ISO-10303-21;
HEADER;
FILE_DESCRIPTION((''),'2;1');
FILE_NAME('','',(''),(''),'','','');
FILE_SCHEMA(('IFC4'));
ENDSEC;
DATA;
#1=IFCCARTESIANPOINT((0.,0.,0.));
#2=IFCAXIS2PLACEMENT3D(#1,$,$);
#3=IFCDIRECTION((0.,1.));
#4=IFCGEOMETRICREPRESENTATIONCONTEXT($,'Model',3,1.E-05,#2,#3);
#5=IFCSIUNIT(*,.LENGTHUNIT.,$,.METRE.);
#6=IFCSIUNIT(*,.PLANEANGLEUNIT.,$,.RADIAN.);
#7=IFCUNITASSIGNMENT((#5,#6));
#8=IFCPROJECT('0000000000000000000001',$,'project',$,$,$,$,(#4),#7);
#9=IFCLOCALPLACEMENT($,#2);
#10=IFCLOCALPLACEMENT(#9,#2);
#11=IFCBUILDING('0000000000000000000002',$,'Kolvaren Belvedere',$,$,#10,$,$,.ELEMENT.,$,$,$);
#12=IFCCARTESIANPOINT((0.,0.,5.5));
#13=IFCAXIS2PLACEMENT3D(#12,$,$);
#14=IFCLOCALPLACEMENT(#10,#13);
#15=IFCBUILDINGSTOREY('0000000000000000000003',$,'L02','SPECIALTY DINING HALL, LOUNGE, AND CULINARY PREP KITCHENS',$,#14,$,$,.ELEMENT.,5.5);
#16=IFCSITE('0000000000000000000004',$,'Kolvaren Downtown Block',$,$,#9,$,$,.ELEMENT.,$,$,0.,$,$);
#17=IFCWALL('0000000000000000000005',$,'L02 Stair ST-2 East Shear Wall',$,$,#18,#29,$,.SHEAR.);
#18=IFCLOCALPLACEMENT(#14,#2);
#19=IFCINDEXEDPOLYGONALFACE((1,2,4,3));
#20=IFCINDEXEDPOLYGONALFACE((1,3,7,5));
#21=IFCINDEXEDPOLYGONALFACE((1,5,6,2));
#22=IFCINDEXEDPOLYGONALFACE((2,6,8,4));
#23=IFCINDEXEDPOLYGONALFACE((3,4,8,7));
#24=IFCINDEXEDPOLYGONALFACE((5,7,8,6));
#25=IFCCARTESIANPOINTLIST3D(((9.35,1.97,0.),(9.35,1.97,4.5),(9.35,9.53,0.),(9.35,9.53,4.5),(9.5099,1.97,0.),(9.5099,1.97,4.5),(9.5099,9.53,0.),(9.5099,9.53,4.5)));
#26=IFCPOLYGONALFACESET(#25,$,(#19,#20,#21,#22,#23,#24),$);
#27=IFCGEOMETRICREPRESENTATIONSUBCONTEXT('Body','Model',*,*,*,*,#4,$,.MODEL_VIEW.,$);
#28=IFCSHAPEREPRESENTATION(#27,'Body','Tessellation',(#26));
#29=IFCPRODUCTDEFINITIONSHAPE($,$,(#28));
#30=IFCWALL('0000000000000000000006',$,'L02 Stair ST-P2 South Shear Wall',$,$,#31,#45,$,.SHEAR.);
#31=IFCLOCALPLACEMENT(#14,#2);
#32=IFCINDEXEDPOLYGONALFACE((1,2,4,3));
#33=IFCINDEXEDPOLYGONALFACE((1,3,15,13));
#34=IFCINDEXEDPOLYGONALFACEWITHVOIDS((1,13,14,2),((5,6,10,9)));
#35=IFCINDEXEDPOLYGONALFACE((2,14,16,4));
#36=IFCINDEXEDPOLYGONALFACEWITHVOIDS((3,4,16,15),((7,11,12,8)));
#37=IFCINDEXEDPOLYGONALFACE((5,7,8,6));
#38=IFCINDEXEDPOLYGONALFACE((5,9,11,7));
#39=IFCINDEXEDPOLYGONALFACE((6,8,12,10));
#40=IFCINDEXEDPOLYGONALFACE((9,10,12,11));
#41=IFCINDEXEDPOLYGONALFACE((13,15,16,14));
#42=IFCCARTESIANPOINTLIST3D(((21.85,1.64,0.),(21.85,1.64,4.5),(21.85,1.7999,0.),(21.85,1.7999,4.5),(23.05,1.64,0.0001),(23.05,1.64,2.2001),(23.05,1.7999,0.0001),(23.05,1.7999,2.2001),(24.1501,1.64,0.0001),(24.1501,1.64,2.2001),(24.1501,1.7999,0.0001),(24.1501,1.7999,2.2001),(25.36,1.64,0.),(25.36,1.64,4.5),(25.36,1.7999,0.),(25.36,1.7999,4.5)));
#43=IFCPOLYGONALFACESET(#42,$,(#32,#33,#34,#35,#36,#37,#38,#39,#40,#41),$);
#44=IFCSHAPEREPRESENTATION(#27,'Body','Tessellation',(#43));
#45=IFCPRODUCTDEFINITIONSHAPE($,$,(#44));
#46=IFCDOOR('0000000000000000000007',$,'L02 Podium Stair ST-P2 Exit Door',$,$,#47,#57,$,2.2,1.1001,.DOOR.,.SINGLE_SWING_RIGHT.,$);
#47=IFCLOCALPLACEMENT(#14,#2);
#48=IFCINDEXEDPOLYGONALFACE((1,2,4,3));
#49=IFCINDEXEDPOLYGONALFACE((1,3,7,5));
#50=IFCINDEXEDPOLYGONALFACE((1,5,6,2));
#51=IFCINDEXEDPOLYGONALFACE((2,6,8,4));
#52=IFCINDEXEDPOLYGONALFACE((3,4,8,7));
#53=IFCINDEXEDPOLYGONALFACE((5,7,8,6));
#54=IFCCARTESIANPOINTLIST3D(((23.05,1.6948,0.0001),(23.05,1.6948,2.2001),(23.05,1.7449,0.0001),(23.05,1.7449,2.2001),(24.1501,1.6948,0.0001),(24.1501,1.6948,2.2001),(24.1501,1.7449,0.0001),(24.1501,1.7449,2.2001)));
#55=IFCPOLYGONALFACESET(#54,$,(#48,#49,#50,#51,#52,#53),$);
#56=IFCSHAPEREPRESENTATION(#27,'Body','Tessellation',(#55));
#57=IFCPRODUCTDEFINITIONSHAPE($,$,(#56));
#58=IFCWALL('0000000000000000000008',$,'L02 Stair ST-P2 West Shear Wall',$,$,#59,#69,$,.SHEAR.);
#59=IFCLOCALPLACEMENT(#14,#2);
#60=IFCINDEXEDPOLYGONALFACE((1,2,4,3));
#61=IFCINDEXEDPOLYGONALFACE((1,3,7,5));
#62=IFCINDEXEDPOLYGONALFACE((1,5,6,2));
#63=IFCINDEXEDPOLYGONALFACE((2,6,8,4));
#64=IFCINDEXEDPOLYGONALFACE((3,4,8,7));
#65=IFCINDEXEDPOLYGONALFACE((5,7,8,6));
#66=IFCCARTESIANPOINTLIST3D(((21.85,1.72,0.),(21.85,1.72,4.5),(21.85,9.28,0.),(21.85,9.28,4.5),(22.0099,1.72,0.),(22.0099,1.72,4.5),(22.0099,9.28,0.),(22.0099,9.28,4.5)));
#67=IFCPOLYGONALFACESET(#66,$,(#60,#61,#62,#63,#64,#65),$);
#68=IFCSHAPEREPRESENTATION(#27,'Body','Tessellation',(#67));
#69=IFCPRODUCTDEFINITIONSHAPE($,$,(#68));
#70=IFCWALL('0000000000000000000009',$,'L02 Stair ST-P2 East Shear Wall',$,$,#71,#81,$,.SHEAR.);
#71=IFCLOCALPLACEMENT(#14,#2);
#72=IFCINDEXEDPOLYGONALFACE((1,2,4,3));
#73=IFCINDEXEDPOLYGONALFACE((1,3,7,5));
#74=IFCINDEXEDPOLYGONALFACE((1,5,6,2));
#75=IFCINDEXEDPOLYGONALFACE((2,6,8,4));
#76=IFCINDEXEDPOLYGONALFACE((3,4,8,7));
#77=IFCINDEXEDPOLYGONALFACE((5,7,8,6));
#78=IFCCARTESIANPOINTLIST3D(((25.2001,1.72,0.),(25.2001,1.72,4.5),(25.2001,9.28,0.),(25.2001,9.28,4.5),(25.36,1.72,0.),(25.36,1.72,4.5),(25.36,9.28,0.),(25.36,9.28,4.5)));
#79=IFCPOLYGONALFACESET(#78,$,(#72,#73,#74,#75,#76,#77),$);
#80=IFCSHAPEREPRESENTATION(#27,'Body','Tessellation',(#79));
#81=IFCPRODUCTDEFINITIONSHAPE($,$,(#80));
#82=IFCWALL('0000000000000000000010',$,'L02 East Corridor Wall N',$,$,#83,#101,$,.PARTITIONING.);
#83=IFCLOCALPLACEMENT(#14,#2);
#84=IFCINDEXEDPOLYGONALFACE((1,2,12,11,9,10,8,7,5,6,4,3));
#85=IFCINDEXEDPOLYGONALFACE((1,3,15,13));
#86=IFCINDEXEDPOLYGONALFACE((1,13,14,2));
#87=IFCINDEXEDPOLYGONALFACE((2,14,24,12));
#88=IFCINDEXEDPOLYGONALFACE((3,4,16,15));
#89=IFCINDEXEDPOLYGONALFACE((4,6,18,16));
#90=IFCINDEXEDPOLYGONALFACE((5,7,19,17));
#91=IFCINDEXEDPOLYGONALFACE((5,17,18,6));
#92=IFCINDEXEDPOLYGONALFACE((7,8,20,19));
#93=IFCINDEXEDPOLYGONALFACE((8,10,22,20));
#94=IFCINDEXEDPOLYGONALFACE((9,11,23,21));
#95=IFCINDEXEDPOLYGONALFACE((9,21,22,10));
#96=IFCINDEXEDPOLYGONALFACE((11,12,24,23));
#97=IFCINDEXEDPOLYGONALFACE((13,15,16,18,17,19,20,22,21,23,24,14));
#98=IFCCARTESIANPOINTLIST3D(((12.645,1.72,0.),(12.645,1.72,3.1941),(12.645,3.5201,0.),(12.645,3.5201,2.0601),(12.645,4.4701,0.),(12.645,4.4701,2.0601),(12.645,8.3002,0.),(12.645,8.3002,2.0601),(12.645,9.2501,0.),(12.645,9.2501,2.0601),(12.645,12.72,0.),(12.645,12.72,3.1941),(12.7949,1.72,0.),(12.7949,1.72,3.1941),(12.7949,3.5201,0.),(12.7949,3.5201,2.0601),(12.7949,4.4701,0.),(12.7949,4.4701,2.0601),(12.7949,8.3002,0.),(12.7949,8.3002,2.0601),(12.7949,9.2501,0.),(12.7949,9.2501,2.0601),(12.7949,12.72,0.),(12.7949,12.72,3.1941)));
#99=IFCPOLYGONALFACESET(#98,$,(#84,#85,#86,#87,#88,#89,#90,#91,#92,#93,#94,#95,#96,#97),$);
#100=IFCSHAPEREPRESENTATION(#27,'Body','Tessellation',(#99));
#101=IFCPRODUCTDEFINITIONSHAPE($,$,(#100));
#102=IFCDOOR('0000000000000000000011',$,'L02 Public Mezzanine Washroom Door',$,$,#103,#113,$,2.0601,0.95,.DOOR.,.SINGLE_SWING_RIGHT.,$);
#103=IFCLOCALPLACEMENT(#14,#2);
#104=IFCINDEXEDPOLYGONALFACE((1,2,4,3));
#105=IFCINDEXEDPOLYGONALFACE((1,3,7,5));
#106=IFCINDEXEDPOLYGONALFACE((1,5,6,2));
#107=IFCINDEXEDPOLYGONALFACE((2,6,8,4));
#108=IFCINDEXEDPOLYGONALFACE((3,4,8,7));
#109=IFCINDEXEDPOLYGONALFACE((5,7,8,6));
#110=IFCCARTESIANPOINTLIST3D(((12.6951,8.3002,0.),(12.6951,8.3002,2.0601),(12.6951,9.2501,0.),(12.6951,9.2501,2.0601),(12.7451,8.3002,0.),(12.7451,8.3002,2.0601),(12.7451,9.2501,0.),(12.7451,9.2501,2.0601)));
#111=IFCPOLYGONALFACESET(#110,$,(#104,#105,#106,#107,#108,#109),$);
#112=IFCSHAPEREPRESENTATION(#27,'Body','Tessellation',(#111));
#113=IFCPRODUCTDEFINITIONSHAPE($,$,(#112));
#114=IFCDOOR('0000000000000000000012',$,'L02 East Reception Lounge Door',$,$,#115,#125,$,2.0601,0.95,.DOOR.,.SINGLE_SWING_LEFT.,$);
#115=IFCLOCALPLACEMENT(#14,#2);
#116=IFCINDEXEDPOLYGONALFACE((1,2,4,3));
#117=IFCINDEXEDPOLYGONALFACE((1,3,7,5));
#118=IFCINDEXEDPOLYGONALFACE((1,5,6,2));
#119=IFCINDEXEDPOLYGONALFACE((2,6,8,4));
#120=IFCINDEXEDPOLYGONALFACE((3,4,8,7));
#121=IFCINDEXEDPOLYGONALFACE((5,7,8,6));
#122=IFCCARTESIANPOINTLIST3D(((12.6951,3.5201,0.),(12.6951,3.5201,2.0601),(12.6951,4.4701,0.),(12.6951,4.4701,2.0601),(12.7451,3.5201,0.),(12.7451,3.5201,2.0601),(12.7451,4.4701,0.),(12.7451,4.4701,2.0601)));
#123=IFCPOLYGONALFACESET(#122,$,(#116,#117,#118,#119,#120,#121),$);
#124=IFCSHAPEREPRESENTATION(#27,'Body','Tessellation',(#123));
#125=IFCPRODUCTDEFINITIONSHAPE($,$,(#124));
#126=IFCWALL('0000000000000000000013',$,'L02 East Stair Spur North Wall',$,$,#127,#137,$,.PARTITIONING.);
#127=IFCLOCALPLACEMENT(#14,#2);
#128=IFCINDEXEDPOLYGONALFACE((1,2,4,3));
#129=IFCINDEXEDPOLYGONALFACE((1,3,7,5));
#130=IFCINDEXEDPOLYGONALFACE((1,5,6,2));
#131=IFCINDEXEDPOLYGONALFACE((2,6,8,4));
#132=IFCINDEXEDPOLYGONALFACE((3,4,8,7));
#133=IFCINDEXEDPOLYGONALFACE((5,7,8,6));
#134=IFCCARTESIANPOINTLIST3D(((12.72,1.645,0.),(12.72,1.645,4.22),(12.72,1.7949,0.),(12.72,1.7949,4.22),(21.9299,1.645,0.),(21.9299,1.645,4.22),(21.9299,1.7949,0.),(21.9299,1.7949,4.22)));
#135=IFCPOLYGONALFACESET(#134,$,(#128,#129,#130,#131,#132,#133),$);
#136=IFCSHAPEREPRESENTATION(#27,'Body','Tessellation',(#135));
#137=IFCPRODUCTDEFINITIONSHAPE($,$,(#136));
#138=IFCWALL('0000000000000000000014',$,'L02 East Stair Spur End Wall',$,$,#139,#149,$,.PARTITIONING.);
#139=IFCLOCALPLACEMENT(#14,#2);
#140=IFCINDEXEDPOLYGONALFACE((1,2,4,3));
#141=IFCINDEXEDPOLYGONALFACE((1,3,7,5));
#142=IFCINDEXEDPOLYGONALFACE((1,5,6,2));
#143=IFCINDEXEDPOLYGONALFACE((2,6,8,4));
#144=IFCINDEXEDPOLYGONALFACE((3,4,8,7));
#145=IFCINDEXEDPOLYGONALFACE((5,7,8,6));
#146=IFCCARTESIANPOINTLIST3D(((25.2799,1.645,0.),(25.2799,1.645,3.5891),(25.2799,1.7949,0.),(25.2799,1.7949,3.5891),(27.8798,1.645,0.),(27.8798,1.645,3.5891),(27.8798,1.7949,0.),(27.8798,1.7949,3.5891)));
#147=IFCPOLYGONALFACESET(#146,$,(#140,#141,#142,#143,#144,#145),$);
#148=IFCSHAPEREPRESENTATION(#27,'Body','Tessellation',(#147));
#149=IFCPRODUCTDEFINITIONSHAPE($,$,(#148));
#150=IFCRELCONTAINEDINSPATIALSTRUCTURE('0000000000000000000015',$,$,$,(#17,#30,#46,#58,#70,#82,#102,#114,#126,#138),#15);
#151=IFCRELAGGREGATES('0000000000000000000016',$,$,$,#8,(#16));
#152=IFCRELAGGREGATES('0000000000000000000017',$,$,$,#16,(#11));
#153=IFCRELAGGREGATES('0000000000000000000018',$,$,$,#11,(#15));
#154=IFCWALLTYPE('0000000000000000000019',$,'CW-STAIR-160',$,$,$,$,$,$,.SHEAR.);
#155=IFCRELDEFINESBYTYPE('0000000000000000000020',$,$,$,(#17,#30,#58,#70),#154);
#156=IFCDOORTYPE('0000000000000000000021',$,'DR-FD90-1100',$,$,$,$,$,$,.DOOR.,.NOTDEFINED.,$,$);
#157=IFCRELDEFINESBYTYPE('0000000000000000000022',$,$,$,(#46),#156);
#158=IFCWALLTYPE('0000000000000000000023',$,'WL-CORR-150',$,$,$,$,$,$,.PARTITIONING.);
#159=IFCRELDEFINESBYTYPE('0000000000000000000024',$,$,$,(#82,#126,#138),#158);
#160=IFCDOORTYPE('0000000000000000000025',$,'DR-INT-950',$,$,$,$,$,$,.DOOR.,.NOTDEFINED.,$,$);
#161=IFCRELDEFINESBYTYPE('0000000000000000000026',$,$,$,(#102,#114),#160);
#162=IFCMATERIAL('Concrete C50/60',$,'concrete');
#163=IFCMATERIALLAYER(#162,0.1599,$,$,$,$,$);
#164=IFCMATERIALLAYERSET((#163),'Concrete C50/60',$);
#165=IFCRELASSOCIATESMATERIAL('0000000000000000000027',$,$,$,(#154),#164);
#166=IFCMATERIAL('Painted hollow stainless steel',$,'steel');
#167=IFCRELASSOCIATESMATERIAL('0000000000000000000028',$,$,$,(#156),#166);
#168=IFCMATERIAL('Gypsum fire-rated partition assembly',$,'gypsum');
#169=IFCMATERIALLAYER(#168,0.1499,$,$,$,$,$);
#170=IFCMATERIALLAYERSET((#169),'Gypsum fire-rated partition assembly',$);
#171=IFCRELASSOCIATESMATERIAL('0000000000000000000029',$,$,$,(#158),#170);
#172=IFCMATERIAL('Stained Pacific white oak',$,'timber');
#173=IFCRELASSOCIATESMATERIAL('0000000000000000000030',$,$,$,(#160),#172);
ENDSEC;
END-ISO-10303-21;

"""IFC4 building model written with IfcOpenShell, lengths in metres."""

from ifc_helpers import new_model, si_unit, direction, frame, frame_2d, origin, place, context, subcontext, project, spatial, rectangle, extrude, material, layer, layer_set, type_object, element, fill, save


model = new_model("IFC4")

# Units and contexts
model_context = context("Model", 3, precision=1e-05, world=origin(), true_north=direction((0.0, 1.0)))
body_context = subcontext(model_context, "Body", "Model", "MODEL_VIEW")
ifc_project = project(units=[si_unit("LENGTHUNIT", "METRE"), si_unit("PLANEANGLEUNIT", "RADIAN")], contexts=[model_context])

# Site, building, storey
site_placement = place(None, origin())
site = spatial("IfcSite", under=ifc_project, at=site_placement, Name="Kolvaren Downtown Block", CompositionType="ELEMENT", RefElevation=0.0)
building_placement = place(site_placement, origin())
building = spatial("IfcBuilding", under=site, at=building_placement, Name="Kolvaren Belvedere", CompositionType="ELEMENT")
storey_placement = place(building_placement, frame((0.0, 0.0, 5.5)))
storey = spatial("IfcBuildingStorey", under=building, at=storey_placement, Name="L02", Description="SPECIALTY DINING HALL, LOUNGE, AND CULINARY PREP KITCHENS", CompositionType="ELEMENT", Elevation=5.5)

# Wall
ifc_material_1 = material(Name="Concrete C50/60", Category="concrete")
ifc_layer_1 = layer(ifc_material_1, 0.1599)
ifc_layer_set_1 = layer_set([ifc_layer_1], Name="Concrete C50/60")
wall_type_1 = type_object("IfcWallType", Name="CW-STAIR-160", PredefinedType="SHEAR", material=ifc_layer_set_1)
wall_1_placement = place(storey_placement, frame((9.4299, 1.97, 0.0), z_axis=(0.0, 0.0, 1.0), x_axis=(0.0, 1.0, 0.0)))
element("IfcWall", 1, at=wall_1_placement, inside=storey, type_object=wall_type_1, Name="L02 Stair ST-2 East Shear Wall", PredefinedType="SHEAR", context=body_context, shape_type="SweptSolid", body=[
    extrude(rectangle(XDim=7.5601, YDim=0.1599, at=frame_2d((3.78, 0.0))), origin(), (0.0, 0.0, 1.0), 4.5),
])

# Wall, opening, door
wall_2_placement = place(storey_placement, frame((21.8501, 1.72, 0.0), z_axis=(0.0, 0.0, 1.0), x_axis=(1.0, 0.0, 0.0)))
wall_2 = element("IfcWall", 2, at=wall_2_placement, inside=storey, type_object=wall_type_1, Name="L02 Stair ST-P2 South Shear Wall", PredefinedType="SHEAR", context=body_context, shape_type="SweptSolid", body=[
    extrude(rectangle(XDim=3.51, YDim=0.1599, at=frame_2d((1.7549, 0.0))), origin(), (0.0, 0.0, 1.0), 4.5),
])
opening_1_placement = place(wall_2_placement, frame((1.2, 0.0, 0.0)))
opening_1 = element("IfcOpeningElement", 3, at=opening_1_placement, cuts=wall_2, PredefinedType="OPENING", context=body_context, shape_type="SweptSolid", body=[
    extrude(rectangle(XDim=1.1001, YDim=2.2, at=frame_2d((0.55, 1.1001))), frame((0.0, 0.0898, 0.0), z_axis=(0.0, -1.0, 0.0), x_axis=(1.0, 0.0, 0.0)), (0.0, 0.0, 1.0), 0.1799),
])
ifc_material_2 = material(Name="Painted hollow stainless steel", Category="steel")
door_type_1 = type_object("IfcDoorType", Name="DR-FD90-1100", OperationType="NOTDEFINED", PredefinedType="DOOR", material=ifc_material_2)
door_1_placement = place(opening_1_placement, origin())
door_1 = element("IfcDoor", 4, at=door_1_placement, inside=storey, type_object=door_type_1, Name="L02 Podium Stair ST-P2 Exit Door", OperationType="SINGLE_SWING_RIGHT", OverallHeight=2.2, OverallWidth=1.1001, PredefinedType="DOOR", context=body_context, shape_type="SweptSolid", body=[
    extrude(rectangle(XDim=1.1001, YDim=2.2, at=frame_2d((0.55, 1.1001))), frame((0.0, 0.0249, 0.0), z_axis=(0.0, -1.0, 0.0), x_axis=(1.0, 0.0, 0.0)), (0.0, 0.0, 1.0), 0.05),
])
fill(opening_1, door_1)

# Walls
for number, where, z_axis, x_axis, name in (
    (5, (21.9299, 1.72, 0.0), (0.0, 0.0, 1.0), (0.0, 1.0, 0.0), "L02 Stair ST-P2 West Shear Wall"),
    (6, (25.28, 1.72, 0.0), (0.0, 0.0, 1.0), (0.0, 1.0, 0.0), "L02 Stair ST-P2 East Shear Wall"),
):
    element("IfcWall", number, at=place(storey_placement, frame(where, z_axis=z_axis, x_axis=x_axis)), inside=storey, type_object=wall_type_1, Name=name, PredefinedType="SHEAR", context=body_context, shape_type="SweptSolid", body=[
        extrude(rectangle(XDim=7.5601, YDim=0.1599, at=frame_2d((3.78, 0.0))), origin(), (0.0, 0.0, 1.0), 4.5),
    ])

# Wall, openings, doors
ifc_material_3 = material(Name="Gypsum fire-rated partition assembly", Category="gypsum")
ifc_layer_2 = layer(ifc_material_3, 0.1499)
ifc_layer_set_2 = layer_set([ifc_layer_2], Name="Gypsum fire-rated partition assembly")
wall_type_2 = type_object("IfcWallType", Name="WL-CORR-150", PredefinedType="PARTITIONING", material=ifc_layer_set_2)
wall_3_placement = place(storey_placement, frame((12.72, 1.72, 0.0), z_axis=(0.0, 0.0, 1.0), x_axis=(0.0, 1.0, 0.0)))
wall_3 = element("IfcWall", 7, at=wall_3_placement, inside=storey, type_object=wall_type_2, Name="L02 East Corridor Wall N", PredefinedType="PARTITIONING", context=body_context, shape_type="SweptSolid", body=[
    extrude(rectangle(XDim=11.0, YDim=0.1499, at=frame_2d((5.5, 0.0))), origin(), (0.0, 0.0, 1.0), 3.1941),
])
opening_2_placement = place(wall_3_placement, frame((6.5801, 0.0, 0.0)))
opening_2 = element("IfcOpeningElement", 8, at=opening_2_placement, cuts=wall_3, PredefinedType="OPENING", context=body_context, shape_type="SweptSolid", body=[
    extrude(rectangle(XDim=0.95, YDim=2.0601, at=frame_2d((0.4751, 1.03))), frame((0.0, 0.085, 0.0), z_axis=(0.0, -1.0, 0.0), x_axis=(1.0, 0.0, 0.0)), (0.0, 0.0, 1.0), 0.1699),
])
opening_3_placement = place(wall_3_placement, frame((1.8, 0.0, 0.0)))
opening_3 = element("IfcOpeningElement", 9, at=opening_3_placement, cuts=wall_3, PredefinedType="OPENING", context=body_context, shape_type="SweptSolid", body=[
    extrude(rectangle(XDim=0.95, YDim=2.0601, at=frame_2d((0.4751, 1.03))), frame((0.0, 0.085, 0.0), z_axis=(0.0, -1.0, 0.0), x_axis=(1.0, 0.0, 0.0)), (0.0, 0.0, 1.0), 0.1699),
])
ifc_material_4 = material(Name="Stained Pacific white oak", Category="timber")
door_type_2 = type_object("IfcDoorType", Name="DR-INT-950", OperationType="NOTDEFINED", PredefinedType="DOOR", material=ifc_material_4)
door_2_placement = place(opening_2_placement, origin())
door_2 = element("IfcDoor", 10, at=door_2_placement, inside=storey, type_object=door_type_2, Name="L02 Public Mezzanine Washroom Door", OperationType="SINGLE_SWING_RIGHT", OverallHeight=2.0601, OverallWidth=0.95, PredefinedType="DOOR", context=body_context, shape_type="SweptSolid", body=[
    extrude(rectangle(XDim=0.95, YDim=2.0601, at=frame_2d((0.4751, 1.03))), frame((0.0, 0.0249, 0.0), z_axis=(0.0, -1.0, 0.0), x_axis=(1.0, 0.0, 0.0)), (0.0, 0.0, 1.0), 0.05),
])
fill(opening_2, door_2)
door_3_placement = place(opening_3_placement, origin())
door_3 = element("IfcDoor", 11, at=door_3_placement, inside=storey, type_object=door_type_2, Name="L02 East Reception Lounge Door", OperationType="SINGLE_SWING_LEFT", OverallHeight=2.0601, OverallWidth=0.95, PredefinedType="DOOR", context=body_context, shape_type="SweptSolid", body=[
    extrude(rectangle(XDim=0.95, YDim=2.0601, at=frame_2d((0.4751, 1.03))), frame((0.0, 0.0249, 0.0), z_axis=(0.0, -1.0, 0.0), x_axis=(1.0, 0.0, 0.0)), (0.0, 0.0, 1.0), 0.05),
])
fill(opening_3, door_3)

# Walls
wall_4_placement = place(storey_placement, frame((12.72, 1.72, 0.0), z_axis=(0.0, 0.0, 1.0), x_axis=(1.0, 0.0, 0.0)))
element("IfcWall", 12, at=wall_4_placement, inside=storey, type_object=wall_type_2, Name="L02 East Stair Spur North Wall", PredefinedType="PARTITIONING", context=body_context, shape_type="SweptSolid", body=[
    extrude(rectangle(XDim=9.21, YDim=0.1499, at=frame_2d((4.605, 0.0))), origin(), (0.0, 0.0, 1.0), 4.22),
])
wall_5_placement = place(storey_placement, frame((25.28, 1.72, 0.0), z_axis=(0.0, 0.0, 1.0), x_axis=(1.0, 0.0, 0.0)))
element("IfcWall", 13, at=wall_5_placement, inside=storey, type_object=wall_type_2, Name="L02 East Stair Spur End Wall", PredefinedType="PARTITIONING", context=body_context, shape_type="SweptSolid", body=[
    extrude(rectangle(XDim=2.5999, YDim=0.1499, at=frame_2d((1.2998, 0.0))), origin(), (0.0, 0.0, 1.0), 3.5891),
])

save(model, "model.ifc")
